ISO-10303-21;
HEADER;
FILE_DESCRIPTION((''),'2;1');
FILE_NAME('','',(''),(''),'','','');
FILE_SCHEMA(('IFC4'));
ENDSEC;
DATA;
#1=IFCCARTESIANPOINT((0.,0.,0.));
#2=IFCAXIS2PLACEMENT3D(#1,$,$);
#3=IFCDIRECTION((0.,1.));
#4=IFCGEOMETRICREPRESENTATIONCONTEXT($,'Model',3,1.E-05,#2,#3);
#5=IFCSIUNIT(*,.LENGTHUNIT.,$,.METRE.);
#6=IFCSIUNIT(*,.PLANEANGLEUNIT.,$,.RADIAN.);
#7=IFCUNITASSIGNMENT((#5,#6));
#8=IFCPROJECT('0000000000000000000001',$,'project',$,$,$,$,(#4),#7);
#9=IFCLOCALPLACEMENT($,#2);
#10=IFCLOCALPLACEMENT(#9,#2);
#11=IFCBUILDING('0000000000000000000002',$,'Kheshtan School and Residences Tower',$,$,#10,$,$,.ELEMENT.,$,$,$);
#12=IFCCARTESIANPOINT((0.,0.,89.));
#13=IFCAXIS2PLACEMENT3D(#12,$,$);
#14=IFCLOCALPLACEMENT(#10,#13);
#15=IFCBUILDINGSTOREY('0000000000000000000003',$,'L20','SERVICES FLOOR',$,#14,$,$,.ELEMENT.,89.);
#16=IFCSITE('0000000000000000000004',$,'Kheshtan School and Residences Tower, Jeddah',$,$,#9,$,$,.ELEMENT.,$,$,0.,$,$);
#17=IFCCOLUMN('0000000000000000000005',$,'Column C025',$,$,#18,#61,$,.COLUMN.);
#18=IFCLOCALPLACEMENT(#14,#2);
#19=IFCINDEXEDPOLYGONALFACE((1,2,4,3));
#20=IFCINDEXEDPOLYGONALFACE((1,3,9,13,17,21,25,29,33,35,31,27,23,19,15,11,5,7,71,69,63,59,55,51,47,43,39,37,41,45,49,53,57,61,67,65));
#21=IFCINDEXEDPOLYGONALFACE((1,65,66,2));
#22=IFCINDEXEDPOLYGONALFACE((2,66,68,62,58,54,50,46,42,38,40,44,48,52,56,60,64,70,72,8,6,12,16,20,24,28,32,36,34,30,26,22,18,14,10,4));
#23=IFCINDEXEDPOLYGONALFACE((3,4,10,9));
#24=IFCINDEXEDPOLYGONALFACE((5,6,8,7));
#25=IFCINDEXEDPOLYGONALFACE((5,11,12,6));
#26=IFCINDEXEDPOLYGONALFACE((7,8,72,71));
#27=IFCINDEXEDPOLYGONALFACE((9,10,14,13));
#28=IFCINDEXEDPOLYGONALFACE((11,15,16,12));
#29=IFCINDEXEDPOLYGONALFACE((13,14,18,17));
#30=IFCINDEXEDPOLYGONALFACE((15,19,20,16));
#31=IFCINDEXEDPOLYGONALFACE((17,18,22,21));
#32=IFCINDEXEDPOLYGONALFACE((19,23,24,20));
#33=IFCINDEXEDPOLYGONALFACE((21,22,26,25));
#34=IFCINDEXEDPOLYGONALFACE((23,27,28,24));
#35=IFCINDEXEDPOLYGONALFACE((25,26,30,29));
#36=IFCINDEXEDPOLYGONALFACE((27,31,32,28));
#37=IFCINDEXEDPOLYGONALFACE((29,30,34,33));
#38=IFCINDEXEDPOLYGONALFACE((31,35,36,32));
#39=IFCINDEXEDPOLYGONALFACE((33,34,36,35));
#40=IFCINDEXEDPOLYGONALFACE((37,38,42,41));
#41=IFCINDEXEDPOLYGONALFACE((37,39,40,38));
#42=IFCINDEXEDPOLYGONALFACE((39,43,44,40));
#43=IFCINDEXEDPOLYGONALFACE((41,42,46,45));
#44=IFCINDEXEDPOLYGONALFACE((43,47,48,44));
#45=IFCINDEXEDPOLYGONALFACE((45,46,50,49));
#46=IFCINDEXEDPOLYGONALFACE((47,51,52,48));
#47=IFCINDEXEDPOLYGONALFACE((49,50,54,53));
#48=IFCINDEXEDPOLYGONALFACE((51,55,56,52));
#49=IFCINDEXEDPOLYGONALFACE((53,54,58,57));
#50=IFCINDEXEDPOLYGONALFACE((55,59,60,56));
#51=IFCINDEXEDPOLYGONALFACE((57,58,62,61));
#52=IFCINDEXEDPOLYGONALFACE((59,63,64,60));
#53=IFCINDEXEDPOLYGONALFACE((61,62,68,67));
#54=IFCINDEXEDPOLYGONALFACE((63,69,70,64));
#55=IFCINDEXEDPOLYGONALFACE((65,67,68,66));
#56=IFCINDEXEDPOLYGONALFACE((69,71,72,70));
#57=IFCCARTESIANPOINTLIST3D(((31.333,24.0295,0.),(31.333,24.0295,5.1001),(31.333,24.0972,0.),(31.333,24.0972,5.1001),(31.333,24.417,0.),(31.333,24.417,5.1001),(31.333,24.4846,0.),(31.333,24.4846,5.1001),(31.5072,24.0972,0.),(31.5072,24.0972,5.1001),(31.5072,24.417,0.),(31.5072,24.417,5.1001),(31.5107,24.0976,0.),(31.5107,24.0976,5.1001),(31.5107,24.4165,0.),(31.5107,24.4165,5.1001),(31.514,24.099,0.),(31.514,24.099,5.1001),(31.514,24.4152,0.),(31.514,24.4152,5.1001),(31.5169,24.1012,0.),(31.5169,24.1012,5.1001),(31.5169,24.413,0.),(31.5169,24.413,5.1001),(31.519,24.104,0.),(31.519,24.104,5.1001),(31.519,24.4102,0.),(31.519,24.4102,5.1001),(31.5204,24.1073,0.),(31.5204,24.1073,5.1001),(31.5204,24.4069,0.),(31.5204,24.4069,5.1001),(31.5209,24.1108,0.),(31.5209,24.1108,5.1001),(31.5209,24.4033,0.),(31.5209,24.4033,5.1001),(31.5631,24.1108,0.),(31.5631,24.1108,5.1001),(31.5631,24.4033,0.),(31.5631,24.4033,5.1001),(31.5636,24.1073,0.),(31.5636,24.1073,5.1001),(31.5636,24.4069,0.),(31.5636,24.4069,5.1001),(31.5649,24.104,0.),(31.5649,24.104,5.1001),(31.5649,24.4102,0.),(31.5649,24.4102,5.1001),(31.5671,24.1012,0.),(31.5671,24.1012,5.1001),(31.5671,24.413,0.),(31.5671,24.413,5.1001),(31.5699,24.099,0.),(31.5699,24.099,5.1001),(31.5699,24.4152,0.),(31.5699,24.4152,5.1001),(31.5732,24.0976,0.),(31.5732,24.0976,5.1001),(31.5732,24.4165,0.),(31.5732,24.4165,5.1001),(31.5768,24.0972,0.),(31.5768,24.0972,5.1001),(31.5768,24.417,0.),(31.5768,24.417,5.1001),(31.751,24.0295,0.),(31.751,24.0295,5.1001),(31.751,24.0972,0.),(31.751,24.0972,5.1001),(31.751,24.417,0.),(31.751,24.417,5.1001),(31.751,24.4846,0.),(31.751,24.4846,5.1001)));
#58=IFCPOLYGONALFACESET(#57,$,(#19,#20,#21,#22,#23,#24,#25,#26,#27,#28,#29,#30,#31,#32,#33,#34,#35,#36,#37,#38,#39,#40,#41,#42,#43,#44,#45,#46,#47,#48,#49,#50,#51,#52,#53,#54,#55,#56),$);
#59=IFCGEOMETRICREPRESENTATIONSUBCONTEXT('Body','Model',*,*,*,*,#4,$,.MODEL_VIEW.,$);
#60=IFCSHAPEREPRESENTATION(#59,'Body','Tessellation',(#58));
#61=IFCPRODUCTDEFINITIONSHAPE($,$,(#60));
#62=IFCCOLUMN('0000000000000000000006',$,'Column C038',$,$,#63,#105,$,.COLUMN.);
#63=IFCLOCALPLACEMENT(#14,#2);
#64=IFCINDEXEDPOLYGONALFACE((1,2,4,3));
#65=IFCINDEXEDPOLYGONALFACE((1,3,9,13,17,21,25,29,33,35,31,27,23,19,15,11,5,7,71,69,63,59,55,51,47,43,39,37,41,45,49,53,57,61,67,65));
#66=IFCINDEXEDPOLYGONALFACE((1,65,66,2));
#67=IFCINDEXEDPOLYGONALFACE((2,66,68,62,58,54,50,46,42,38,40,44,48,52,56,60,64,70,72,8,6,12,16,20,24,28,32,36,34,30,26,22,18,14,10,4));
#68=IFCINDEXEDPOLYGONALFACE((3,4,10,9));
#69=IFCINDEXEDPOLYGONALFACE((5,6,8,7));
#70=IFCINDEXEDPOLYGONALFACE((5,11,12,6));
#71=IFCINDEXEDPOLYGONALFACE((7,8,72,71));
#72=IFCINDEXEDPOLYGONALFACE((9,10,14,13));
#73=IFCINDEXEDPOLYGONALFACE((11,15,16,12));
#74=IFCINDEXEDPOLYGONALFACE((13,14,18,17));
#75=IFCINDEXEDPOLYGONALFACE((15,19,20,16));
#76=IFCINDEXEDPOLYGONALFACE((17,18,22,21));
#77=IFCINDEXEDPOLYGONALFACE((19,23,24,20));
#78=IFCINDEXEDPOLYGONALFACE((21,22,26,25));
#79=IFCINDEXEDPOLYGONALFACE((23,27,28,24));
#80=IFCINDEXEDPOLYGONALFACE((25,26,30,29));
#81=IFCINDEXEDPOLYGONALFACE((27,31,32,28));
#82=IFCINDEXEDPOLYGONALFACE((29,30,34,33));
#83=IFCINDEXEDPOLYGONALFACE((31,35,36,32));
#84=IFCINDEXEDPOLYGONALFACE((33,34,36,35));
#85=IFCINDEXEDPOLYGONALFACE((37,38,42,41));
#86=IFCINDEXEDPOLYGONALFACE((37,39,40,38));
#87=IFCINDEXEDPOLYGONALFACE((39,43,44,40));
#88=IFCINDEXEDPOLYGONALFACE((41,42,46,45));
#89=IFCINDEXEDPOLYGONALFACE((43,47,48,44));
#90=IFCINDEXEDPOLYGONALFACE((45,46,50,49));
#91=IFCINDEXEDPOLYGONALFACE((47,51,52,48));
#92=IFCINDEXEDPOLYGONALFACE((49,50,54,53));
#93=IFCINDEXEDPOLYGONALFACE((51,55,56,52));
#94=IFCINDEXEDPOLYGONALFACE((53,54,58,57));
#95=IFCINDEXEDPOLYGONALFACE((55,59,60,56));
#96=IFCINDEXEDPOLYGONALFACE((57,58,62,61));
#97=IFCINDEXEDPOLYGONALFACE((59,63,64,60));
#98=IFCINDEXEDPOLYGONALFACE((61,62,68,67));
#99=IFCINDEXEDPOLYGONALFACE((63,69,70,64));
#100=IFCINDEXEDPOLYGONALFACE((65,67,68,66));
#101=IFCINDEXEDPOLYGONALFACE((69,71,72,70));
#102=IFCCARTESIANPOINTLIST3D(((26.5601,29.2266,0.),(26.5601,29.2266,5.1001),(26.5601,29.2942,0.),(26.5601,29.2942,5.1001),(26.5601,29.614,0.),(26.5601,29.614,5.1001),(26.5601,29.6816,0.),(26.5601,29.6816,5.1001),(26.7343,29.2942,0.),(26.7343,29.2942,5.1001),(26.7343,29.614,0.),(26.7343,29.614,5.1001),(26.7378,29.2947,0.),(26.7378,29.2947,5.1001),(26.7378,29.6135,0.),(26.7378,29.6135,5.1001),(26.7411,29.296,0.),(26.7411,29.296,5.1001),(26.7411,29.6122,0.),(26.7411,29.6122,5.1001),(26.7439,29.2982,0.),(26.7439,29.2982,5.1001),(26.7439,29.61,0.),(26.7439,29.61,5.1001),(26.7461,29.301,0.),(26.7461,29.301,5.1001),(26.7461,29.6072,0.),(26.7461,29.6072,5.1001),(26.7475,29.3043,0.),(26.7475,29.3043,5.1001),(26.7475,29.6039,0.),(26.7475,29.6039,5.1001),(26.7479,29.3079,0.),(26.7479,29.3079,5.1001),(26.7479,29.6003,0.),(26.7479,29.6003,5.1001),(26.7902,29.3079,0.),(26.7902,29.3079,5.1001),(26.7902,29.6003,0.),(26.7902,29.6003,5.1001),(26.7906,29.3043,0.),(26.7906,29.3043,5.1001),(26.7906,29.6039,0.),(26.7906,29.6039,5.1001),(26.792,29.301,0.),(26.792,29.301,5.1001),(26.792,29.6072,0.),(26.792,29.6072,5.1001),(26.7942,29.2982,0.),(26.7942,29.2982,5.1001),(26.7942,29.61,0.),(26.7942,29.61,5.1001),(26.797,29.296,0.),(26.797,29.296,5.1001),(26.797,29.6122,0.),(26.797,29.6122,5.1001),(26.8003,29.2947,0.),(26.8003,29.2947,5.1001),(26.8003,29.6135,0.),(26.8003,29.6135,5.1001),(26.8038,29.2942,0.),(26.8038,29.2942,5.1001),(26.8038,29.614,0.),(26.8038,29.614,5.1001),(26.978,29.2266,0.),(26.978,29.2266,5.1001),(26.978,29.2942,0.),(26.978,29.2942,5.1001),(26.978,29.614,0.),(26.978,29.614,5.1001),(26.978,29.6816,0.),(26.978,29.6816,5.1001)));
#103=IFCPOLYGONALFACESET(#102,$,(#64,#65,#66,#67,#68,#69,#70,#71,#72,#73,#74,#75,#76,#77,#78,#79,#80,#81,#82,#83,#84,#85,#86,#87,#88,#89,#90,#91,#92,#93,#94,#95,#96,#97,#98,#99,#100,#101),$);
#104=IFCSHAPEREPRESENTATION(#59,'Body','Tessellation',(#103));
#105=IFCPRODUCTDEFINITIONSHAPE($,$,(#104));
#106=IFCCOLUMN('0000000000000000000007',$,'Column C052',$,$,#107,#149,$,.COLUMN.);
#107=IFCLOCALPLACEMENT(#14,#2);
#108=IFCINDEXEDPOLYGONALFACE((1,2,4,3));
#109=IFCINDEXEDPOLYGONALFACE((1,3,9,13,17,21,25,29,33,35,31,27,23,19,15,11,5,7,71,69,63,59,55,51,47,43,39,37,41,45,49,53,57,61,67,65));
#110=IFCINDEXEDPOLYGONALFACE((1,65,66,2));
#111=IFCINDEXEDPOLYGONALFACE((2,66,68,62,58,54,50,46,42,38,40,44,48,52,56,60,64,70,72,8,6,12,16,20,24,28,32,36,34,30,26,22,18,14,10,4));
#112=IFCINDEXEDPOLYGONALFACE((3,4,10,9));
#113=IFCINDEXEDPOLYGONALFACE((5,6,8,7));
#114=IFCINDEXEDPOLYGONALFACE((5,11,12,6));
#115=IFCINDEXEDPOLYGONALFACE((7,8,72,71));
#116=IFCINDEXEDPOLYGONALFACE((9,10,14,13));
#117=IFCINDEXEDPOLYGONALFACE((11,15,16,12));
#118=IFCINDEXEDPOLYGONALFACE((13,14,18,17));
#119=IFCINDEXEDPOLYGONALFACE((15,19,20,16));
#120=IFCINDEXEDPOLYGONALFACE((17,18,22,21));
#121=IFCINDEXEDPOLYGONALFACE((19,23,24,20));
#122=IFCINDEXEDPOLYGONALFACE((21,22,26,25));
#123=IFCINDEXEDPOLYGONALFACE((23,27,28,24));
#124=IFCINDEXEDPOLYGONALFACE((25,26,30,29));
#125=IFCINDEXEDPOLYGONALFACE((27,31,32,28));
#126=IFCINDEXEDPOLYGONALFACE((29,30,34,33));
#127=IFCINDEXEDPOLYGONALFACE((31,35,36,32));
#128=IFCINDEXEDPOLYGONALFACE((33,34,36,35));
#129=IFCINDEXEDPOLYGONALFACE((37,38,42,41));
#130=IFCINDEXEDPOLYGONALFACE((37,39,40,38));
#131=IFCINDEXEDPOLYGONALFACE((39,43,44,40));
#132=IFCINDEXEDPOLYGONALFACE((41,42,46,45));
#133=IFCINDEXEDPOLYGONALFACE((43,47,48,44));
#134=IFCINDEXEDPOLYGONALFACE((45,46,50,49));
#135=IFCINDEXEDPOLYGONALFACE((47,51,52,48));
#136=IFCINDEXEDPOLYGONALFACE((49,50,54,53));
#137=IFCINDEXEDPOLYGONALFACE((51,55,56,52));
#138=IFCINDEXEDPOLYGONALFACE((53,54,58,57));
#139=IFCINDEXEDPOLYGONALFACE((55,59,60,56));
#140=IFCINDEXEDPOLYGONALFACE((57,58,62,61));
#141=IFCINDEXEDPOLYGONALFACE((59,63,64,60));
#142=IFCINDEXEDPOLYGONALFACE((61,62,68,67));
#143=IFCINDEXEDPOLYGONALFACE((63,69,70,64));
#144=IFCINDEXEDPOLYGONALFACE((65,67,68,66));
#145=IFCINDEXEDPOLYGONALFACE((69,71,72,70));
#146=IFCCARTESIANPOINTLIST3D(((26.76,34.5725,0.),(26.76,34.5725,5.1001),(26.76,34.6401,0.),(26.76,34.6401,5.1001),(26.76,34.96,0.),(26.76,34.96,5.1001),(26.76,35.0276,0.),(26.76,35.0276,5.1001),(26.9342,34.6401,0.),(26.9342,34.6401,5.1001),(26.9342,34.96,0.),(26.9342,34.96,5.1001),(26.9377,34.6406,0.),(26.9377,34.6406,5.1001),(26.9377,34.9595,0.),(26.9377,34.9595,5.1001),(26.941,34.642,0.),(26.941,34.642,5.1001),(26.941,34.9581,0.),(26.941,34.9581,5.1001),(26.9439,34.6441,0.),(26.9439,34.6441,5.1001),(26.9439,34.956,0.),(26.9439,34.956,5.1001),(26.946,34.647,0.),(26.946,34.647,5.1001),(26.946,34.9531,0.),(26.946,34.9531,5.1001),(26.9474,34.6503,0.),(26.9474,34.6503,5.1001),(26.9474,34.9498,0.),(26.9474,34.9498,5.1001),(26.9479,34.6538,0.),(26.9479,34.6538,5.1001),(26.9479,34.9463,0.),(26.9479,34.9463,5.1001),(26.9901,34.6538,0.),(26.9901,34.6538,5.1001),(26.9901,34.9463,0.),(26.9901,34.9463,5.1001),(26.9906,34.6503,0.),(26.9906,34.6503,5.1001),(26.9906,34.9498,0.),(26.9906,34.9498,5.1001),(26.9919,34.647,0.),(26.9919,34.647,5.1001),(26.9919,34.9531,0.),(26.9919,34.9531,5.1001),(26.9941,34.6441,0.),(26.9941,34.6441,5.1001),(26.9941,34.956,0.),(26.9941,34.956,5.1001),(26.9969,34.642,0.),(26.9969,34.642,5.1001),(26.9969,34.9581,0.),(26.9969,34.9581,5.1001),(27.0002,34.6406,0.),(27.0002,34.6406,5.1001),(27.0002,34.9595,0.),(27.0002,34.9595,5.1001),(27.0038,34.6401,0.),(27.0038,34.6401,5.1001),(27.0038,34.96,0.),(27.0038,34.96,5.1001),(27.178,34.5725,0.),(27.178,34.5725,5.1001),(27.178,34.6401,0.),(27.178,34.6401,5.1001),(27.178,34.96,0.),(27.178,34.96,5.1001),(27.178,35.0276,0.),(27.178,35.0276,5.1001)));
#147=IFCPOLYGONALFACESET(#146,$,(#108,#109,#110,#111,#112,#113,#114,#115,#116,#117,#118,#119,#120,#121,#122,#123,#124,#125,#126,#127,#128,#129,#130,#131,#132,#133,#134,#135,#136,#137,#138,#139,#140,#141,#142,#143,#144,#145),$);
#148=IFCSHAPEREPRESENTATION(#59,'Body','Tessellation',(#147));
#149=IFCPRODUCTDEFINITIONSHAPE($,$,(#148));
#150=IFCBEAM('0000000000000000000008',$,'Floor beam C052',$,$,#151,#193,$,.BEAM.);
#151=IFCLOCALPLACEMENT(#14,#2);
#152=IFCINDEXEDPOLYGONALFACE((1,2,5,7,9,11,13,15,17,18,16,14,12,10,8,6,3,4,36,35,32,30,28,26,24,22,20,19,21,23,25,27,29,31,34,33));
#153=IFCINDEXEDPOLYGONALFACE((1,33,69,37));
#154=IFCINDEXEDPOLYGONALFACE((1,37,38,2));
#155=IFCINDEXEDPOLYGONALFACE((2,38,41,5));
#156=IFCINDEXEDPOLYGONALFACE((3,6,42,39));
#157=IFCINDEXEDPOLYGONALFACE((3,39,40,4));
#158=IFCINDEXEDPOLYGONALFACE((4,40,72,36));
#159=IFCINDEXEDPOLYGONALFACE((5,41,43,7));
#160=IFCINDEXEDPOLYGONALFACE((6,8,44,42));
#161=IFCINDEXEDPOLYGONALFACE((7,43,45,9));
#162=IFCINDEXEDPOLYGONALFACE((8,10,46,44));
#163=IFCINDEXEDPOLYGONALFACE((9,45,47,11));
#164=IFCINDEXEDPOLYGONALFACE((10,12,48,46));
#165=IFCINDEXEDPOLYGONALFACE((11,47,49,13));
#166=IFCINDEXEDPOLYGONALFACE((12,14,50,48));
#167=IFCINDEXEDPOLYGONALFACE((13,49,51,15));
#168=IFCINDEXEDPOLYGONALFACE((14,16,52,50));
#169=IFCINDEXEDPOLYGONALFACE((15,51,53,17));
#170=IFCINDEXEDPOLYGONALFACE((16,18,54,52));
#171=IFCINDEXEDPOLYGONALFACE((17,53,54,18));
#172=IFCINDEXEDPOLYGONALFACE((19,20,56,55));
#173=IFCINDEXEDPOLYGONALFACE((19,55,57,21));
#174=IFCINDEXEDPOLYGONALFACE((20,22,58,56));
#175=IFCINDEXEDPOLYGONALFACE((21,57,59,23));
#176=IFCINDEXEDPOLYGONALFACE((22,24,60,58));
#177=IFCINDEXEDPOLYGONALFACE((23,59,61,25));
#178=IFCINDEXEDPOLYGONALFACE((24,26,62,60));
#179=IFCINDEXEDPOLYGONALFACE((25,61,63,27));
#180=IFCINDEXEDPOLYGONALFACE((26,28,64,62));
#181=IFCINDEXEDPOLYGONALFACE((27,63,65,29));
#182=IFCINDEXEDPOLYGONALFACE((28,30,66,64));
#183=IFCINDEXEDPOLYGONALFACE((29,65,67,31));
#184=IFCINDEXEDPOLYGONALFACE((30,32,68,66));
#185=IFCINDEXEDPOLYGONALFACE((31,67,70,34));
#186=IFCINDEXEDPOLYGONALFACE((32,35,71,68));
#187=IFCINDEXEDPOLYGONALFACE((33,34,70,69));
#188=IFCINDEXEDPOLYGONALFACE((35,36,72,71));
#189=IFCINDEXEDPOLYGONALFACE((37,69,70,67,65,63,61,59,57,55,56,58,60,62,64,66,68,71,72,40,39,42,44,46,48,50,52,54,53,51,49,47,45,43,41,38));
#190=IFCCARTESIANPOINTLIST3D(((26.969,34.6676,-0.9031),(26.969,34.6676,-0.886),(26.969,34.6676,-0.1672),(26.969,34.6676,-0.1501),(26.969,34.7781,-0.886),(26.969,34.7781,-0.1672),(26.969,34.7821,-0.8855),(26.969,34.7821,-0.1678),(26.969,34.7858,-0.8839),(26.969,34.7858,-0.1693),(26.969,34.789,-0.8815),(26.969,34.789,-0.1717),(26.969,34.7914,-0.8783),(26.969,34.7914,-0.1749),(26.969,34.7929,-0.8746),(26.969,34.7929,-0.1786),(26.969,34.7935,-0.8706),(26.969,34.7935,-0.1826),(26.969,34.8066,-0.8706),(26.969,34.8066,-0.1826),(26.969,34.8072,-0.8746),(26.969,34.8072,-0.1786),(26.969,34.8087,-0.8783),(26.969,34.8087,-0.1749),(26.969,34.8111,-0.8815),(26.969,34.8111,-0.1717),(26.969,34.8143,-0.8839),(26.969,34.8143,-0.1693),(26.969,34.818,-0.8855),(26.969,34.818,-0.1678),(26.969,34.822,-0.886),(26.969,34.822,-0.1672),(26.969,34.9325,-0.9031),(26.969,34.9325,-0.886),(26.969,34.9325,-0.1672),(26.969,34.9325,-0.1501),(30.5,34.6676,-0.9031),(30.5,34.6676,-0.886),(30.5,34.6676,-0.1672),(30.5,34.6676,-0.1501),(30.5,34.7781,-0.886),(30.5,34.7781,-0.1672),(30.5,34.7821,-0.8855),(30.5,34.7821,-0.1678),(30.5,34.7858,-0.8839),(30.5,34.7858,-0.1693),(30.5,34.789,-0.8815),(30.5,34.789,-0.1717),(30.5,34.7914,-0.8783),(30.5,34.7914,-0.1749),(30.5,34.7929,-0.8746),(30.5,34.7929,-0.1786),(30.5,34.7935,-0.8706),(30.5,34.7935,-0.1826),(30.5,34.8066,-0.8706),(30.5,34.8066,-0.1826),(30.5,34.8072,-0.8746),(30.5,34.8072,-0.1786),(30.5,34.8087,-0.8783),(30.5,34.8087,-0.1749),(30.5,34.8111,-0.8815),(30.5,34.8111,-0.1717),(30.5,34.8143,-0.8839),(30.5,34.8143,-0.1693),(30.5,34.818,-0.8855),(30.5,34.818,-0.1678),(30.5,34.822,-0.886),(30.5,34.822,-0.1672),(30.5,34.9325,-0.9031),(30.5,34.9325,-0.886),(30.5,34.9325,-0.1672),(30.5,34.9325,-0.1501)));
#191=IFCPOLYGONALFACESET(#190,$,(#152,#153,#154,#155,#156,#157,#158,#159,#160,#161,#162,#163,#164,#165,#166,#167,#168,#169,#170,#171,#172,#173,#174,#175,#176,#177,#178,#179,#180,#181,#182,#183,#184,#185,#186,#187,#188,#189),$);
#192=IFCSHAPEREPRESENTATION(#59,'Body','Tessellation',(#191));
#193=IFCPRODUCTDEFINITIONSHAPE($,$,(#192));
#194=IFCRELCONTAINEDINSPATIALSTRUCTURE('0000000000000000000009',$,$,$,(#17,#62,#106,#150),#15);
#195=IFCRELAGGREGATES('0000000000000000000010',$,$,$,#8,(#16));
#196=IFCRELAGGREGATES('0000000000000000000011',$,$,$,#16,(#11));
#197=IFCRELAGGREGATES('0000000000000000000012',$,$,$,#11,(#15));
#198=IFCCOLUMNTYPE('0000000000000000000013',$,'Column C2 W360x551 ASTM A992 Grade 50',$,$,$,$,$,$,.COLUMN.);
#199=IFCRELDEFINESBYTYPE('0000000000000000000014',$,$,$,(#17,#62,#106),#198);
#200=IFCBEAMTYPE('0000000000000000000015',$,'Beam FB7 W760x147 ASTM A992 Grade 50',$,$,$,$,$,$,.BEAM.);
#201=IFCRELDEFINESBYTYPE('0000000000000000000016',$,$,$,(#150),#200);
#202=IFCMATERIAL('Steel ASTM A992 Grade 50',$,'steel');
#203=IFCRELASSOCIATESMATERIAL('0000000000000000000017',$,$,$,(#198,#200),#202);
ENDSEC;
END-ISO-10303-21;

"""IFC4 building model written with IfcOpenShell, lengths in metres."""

from ifc_helpers import new_model, si_unit, direction, frame, origin, origin_2d, place, context, subcontext, project, spatial, i_section, extrude, material, material_profile, profile_set, type_object, element, save


model = new_model("IFC4")

# Units and contexts
model_context = context("Model", 3, precision=1e-05, world=origin(), true_north=direction((0.0, 1.0)))
body_context = subcontext(model_context, "Body", "Model", "MODEL_VIEW")
ifc_project = project(units=[si_unit("LENGTHUNIT", "METRE"), si_unit("PLANEANGLEUNIT", "RADIAN")], contexts=[model_context])

# Site, building, storey
site_placement = place(None, origin())
site = spatial("IfcSite", under=ifc_project, at=site_placement, Name="Kheshtan School and Residences Tower, Jeddah", CompositionType="ELEMENT", RefElevation=0.0)
building_placement = place(site_placement, origin())
building = spatial("IfcBuilding", under=site, at=building_placement, Name="Kheshtan School and Residences Tower", CompositionType="ELEMENT")
storey_placement = place(building_placement, frame((0.0, 0.0, 89.0)))
storey = spatial("IfcBuildingStorey", under=building, at=storey_placement, Name="L20", Description="SERVICES FLOOR", CompositionType="ELEMENT", Elevation=89.0)

# Columns
ifc_material_1 = material(Name="Steel ASTM A992 Grade 50", Category="steel")
ifc_material_profile_1 = material_profile(ifc_material_1, i_section(OverallWidth=0.418, OverallDepth=0.4551, WebThickness=0.0422, FlangeThickness=0.0676, FilletRadius=0.0137, at=origin_2d()), Name="W360x551")
ifc_profile_set_1 = profile_set([ifc_material_profile_1], Name="Steel ASTM A992 Grade 50")
column_type = type_object("IfcColumnType", Name="Column C2 W360x551 ASTM A992 Grade 50", PredefinedType="COLUMN", material=ifc_profile_set_1)
for number, where, z_axis, x_axis, name in (
    (1, (31.542, 24.2571, 0.0), (0.0, 0.0, 1.0), (1.0, 0.0, 0.0), "Column C025"),
    (2, (26.769, 29.4541, 0.0), (0.0, 0.0, 1.0), (1.0, 0.0, 0.0), "Column C038"),
    (3, (26.969, 34.8, 0.0), (0.0, 0.0, 1.0), (1.0, 0.0, 0.0), "Column C052"),
):
    element("IfcColumn", number, at=place(storey_placement, frame(where, z_axis=z_axis, x_axis=x_axis)), inside=storey, type_object=column_type, Name=name, PredefinedType="COLUMN", context=body_context, shape_type="SweptSolid", body=[
        extrude(i_section(OverallWidth=0.418, OverallDepth=0.4551, WebThickness=0.0422, FlangeThickness=0.0676, FilletRadius=0.0137, at=origin_2d()), origin(), (0.0, 0.0, 1.0), 5.1001),
    ])

# Beam
ifc_material_profile_2 = material_profile(ifc_material_1, i_section(OverallWidth=0.2649, OverallDepth=0.7529, WebThickness=0.0132, FlangeThickness=0.0171, FilletRadius=0.0154, at=origin_2d()), Name="W760x147")
ifc_profile_set_2 = profile_set([ifc_material_profile_2], Name="Steel ASTM A992 Grade 50")
beam_type_1 = type_object("IfcBeamType", Name="Beam FB7 W760x147 ASTM A992 Grade 50", PredefinedType="BEAM", material=ifc_profile_set_2)
beam_1_placement = place(storey_placement, frame((26.969, 34.8, -0.5266), z_axis=(1.0, 0.0, 0.0), x_axis=(0.0, 1.0, 0.0)))
element("IfcBeam", 4, at=beam_1_placement, inside=storey, type_object=beam_type_1, Name="Floor beam C052", PredefinedType="BEAM", context=body_context, shape_type="SweptSolid", body=[
    extrude(i_section(OverallWidth=0.2649, OverallDepth=0.7529, WebThickness=0.0132, FlangeThickness=0.0171, FilletRadius=0.0154, at=origin_2d()), origin(), (0.0, 0.0, 1.0), 3.531),
])

save(model, "model.ifc")
